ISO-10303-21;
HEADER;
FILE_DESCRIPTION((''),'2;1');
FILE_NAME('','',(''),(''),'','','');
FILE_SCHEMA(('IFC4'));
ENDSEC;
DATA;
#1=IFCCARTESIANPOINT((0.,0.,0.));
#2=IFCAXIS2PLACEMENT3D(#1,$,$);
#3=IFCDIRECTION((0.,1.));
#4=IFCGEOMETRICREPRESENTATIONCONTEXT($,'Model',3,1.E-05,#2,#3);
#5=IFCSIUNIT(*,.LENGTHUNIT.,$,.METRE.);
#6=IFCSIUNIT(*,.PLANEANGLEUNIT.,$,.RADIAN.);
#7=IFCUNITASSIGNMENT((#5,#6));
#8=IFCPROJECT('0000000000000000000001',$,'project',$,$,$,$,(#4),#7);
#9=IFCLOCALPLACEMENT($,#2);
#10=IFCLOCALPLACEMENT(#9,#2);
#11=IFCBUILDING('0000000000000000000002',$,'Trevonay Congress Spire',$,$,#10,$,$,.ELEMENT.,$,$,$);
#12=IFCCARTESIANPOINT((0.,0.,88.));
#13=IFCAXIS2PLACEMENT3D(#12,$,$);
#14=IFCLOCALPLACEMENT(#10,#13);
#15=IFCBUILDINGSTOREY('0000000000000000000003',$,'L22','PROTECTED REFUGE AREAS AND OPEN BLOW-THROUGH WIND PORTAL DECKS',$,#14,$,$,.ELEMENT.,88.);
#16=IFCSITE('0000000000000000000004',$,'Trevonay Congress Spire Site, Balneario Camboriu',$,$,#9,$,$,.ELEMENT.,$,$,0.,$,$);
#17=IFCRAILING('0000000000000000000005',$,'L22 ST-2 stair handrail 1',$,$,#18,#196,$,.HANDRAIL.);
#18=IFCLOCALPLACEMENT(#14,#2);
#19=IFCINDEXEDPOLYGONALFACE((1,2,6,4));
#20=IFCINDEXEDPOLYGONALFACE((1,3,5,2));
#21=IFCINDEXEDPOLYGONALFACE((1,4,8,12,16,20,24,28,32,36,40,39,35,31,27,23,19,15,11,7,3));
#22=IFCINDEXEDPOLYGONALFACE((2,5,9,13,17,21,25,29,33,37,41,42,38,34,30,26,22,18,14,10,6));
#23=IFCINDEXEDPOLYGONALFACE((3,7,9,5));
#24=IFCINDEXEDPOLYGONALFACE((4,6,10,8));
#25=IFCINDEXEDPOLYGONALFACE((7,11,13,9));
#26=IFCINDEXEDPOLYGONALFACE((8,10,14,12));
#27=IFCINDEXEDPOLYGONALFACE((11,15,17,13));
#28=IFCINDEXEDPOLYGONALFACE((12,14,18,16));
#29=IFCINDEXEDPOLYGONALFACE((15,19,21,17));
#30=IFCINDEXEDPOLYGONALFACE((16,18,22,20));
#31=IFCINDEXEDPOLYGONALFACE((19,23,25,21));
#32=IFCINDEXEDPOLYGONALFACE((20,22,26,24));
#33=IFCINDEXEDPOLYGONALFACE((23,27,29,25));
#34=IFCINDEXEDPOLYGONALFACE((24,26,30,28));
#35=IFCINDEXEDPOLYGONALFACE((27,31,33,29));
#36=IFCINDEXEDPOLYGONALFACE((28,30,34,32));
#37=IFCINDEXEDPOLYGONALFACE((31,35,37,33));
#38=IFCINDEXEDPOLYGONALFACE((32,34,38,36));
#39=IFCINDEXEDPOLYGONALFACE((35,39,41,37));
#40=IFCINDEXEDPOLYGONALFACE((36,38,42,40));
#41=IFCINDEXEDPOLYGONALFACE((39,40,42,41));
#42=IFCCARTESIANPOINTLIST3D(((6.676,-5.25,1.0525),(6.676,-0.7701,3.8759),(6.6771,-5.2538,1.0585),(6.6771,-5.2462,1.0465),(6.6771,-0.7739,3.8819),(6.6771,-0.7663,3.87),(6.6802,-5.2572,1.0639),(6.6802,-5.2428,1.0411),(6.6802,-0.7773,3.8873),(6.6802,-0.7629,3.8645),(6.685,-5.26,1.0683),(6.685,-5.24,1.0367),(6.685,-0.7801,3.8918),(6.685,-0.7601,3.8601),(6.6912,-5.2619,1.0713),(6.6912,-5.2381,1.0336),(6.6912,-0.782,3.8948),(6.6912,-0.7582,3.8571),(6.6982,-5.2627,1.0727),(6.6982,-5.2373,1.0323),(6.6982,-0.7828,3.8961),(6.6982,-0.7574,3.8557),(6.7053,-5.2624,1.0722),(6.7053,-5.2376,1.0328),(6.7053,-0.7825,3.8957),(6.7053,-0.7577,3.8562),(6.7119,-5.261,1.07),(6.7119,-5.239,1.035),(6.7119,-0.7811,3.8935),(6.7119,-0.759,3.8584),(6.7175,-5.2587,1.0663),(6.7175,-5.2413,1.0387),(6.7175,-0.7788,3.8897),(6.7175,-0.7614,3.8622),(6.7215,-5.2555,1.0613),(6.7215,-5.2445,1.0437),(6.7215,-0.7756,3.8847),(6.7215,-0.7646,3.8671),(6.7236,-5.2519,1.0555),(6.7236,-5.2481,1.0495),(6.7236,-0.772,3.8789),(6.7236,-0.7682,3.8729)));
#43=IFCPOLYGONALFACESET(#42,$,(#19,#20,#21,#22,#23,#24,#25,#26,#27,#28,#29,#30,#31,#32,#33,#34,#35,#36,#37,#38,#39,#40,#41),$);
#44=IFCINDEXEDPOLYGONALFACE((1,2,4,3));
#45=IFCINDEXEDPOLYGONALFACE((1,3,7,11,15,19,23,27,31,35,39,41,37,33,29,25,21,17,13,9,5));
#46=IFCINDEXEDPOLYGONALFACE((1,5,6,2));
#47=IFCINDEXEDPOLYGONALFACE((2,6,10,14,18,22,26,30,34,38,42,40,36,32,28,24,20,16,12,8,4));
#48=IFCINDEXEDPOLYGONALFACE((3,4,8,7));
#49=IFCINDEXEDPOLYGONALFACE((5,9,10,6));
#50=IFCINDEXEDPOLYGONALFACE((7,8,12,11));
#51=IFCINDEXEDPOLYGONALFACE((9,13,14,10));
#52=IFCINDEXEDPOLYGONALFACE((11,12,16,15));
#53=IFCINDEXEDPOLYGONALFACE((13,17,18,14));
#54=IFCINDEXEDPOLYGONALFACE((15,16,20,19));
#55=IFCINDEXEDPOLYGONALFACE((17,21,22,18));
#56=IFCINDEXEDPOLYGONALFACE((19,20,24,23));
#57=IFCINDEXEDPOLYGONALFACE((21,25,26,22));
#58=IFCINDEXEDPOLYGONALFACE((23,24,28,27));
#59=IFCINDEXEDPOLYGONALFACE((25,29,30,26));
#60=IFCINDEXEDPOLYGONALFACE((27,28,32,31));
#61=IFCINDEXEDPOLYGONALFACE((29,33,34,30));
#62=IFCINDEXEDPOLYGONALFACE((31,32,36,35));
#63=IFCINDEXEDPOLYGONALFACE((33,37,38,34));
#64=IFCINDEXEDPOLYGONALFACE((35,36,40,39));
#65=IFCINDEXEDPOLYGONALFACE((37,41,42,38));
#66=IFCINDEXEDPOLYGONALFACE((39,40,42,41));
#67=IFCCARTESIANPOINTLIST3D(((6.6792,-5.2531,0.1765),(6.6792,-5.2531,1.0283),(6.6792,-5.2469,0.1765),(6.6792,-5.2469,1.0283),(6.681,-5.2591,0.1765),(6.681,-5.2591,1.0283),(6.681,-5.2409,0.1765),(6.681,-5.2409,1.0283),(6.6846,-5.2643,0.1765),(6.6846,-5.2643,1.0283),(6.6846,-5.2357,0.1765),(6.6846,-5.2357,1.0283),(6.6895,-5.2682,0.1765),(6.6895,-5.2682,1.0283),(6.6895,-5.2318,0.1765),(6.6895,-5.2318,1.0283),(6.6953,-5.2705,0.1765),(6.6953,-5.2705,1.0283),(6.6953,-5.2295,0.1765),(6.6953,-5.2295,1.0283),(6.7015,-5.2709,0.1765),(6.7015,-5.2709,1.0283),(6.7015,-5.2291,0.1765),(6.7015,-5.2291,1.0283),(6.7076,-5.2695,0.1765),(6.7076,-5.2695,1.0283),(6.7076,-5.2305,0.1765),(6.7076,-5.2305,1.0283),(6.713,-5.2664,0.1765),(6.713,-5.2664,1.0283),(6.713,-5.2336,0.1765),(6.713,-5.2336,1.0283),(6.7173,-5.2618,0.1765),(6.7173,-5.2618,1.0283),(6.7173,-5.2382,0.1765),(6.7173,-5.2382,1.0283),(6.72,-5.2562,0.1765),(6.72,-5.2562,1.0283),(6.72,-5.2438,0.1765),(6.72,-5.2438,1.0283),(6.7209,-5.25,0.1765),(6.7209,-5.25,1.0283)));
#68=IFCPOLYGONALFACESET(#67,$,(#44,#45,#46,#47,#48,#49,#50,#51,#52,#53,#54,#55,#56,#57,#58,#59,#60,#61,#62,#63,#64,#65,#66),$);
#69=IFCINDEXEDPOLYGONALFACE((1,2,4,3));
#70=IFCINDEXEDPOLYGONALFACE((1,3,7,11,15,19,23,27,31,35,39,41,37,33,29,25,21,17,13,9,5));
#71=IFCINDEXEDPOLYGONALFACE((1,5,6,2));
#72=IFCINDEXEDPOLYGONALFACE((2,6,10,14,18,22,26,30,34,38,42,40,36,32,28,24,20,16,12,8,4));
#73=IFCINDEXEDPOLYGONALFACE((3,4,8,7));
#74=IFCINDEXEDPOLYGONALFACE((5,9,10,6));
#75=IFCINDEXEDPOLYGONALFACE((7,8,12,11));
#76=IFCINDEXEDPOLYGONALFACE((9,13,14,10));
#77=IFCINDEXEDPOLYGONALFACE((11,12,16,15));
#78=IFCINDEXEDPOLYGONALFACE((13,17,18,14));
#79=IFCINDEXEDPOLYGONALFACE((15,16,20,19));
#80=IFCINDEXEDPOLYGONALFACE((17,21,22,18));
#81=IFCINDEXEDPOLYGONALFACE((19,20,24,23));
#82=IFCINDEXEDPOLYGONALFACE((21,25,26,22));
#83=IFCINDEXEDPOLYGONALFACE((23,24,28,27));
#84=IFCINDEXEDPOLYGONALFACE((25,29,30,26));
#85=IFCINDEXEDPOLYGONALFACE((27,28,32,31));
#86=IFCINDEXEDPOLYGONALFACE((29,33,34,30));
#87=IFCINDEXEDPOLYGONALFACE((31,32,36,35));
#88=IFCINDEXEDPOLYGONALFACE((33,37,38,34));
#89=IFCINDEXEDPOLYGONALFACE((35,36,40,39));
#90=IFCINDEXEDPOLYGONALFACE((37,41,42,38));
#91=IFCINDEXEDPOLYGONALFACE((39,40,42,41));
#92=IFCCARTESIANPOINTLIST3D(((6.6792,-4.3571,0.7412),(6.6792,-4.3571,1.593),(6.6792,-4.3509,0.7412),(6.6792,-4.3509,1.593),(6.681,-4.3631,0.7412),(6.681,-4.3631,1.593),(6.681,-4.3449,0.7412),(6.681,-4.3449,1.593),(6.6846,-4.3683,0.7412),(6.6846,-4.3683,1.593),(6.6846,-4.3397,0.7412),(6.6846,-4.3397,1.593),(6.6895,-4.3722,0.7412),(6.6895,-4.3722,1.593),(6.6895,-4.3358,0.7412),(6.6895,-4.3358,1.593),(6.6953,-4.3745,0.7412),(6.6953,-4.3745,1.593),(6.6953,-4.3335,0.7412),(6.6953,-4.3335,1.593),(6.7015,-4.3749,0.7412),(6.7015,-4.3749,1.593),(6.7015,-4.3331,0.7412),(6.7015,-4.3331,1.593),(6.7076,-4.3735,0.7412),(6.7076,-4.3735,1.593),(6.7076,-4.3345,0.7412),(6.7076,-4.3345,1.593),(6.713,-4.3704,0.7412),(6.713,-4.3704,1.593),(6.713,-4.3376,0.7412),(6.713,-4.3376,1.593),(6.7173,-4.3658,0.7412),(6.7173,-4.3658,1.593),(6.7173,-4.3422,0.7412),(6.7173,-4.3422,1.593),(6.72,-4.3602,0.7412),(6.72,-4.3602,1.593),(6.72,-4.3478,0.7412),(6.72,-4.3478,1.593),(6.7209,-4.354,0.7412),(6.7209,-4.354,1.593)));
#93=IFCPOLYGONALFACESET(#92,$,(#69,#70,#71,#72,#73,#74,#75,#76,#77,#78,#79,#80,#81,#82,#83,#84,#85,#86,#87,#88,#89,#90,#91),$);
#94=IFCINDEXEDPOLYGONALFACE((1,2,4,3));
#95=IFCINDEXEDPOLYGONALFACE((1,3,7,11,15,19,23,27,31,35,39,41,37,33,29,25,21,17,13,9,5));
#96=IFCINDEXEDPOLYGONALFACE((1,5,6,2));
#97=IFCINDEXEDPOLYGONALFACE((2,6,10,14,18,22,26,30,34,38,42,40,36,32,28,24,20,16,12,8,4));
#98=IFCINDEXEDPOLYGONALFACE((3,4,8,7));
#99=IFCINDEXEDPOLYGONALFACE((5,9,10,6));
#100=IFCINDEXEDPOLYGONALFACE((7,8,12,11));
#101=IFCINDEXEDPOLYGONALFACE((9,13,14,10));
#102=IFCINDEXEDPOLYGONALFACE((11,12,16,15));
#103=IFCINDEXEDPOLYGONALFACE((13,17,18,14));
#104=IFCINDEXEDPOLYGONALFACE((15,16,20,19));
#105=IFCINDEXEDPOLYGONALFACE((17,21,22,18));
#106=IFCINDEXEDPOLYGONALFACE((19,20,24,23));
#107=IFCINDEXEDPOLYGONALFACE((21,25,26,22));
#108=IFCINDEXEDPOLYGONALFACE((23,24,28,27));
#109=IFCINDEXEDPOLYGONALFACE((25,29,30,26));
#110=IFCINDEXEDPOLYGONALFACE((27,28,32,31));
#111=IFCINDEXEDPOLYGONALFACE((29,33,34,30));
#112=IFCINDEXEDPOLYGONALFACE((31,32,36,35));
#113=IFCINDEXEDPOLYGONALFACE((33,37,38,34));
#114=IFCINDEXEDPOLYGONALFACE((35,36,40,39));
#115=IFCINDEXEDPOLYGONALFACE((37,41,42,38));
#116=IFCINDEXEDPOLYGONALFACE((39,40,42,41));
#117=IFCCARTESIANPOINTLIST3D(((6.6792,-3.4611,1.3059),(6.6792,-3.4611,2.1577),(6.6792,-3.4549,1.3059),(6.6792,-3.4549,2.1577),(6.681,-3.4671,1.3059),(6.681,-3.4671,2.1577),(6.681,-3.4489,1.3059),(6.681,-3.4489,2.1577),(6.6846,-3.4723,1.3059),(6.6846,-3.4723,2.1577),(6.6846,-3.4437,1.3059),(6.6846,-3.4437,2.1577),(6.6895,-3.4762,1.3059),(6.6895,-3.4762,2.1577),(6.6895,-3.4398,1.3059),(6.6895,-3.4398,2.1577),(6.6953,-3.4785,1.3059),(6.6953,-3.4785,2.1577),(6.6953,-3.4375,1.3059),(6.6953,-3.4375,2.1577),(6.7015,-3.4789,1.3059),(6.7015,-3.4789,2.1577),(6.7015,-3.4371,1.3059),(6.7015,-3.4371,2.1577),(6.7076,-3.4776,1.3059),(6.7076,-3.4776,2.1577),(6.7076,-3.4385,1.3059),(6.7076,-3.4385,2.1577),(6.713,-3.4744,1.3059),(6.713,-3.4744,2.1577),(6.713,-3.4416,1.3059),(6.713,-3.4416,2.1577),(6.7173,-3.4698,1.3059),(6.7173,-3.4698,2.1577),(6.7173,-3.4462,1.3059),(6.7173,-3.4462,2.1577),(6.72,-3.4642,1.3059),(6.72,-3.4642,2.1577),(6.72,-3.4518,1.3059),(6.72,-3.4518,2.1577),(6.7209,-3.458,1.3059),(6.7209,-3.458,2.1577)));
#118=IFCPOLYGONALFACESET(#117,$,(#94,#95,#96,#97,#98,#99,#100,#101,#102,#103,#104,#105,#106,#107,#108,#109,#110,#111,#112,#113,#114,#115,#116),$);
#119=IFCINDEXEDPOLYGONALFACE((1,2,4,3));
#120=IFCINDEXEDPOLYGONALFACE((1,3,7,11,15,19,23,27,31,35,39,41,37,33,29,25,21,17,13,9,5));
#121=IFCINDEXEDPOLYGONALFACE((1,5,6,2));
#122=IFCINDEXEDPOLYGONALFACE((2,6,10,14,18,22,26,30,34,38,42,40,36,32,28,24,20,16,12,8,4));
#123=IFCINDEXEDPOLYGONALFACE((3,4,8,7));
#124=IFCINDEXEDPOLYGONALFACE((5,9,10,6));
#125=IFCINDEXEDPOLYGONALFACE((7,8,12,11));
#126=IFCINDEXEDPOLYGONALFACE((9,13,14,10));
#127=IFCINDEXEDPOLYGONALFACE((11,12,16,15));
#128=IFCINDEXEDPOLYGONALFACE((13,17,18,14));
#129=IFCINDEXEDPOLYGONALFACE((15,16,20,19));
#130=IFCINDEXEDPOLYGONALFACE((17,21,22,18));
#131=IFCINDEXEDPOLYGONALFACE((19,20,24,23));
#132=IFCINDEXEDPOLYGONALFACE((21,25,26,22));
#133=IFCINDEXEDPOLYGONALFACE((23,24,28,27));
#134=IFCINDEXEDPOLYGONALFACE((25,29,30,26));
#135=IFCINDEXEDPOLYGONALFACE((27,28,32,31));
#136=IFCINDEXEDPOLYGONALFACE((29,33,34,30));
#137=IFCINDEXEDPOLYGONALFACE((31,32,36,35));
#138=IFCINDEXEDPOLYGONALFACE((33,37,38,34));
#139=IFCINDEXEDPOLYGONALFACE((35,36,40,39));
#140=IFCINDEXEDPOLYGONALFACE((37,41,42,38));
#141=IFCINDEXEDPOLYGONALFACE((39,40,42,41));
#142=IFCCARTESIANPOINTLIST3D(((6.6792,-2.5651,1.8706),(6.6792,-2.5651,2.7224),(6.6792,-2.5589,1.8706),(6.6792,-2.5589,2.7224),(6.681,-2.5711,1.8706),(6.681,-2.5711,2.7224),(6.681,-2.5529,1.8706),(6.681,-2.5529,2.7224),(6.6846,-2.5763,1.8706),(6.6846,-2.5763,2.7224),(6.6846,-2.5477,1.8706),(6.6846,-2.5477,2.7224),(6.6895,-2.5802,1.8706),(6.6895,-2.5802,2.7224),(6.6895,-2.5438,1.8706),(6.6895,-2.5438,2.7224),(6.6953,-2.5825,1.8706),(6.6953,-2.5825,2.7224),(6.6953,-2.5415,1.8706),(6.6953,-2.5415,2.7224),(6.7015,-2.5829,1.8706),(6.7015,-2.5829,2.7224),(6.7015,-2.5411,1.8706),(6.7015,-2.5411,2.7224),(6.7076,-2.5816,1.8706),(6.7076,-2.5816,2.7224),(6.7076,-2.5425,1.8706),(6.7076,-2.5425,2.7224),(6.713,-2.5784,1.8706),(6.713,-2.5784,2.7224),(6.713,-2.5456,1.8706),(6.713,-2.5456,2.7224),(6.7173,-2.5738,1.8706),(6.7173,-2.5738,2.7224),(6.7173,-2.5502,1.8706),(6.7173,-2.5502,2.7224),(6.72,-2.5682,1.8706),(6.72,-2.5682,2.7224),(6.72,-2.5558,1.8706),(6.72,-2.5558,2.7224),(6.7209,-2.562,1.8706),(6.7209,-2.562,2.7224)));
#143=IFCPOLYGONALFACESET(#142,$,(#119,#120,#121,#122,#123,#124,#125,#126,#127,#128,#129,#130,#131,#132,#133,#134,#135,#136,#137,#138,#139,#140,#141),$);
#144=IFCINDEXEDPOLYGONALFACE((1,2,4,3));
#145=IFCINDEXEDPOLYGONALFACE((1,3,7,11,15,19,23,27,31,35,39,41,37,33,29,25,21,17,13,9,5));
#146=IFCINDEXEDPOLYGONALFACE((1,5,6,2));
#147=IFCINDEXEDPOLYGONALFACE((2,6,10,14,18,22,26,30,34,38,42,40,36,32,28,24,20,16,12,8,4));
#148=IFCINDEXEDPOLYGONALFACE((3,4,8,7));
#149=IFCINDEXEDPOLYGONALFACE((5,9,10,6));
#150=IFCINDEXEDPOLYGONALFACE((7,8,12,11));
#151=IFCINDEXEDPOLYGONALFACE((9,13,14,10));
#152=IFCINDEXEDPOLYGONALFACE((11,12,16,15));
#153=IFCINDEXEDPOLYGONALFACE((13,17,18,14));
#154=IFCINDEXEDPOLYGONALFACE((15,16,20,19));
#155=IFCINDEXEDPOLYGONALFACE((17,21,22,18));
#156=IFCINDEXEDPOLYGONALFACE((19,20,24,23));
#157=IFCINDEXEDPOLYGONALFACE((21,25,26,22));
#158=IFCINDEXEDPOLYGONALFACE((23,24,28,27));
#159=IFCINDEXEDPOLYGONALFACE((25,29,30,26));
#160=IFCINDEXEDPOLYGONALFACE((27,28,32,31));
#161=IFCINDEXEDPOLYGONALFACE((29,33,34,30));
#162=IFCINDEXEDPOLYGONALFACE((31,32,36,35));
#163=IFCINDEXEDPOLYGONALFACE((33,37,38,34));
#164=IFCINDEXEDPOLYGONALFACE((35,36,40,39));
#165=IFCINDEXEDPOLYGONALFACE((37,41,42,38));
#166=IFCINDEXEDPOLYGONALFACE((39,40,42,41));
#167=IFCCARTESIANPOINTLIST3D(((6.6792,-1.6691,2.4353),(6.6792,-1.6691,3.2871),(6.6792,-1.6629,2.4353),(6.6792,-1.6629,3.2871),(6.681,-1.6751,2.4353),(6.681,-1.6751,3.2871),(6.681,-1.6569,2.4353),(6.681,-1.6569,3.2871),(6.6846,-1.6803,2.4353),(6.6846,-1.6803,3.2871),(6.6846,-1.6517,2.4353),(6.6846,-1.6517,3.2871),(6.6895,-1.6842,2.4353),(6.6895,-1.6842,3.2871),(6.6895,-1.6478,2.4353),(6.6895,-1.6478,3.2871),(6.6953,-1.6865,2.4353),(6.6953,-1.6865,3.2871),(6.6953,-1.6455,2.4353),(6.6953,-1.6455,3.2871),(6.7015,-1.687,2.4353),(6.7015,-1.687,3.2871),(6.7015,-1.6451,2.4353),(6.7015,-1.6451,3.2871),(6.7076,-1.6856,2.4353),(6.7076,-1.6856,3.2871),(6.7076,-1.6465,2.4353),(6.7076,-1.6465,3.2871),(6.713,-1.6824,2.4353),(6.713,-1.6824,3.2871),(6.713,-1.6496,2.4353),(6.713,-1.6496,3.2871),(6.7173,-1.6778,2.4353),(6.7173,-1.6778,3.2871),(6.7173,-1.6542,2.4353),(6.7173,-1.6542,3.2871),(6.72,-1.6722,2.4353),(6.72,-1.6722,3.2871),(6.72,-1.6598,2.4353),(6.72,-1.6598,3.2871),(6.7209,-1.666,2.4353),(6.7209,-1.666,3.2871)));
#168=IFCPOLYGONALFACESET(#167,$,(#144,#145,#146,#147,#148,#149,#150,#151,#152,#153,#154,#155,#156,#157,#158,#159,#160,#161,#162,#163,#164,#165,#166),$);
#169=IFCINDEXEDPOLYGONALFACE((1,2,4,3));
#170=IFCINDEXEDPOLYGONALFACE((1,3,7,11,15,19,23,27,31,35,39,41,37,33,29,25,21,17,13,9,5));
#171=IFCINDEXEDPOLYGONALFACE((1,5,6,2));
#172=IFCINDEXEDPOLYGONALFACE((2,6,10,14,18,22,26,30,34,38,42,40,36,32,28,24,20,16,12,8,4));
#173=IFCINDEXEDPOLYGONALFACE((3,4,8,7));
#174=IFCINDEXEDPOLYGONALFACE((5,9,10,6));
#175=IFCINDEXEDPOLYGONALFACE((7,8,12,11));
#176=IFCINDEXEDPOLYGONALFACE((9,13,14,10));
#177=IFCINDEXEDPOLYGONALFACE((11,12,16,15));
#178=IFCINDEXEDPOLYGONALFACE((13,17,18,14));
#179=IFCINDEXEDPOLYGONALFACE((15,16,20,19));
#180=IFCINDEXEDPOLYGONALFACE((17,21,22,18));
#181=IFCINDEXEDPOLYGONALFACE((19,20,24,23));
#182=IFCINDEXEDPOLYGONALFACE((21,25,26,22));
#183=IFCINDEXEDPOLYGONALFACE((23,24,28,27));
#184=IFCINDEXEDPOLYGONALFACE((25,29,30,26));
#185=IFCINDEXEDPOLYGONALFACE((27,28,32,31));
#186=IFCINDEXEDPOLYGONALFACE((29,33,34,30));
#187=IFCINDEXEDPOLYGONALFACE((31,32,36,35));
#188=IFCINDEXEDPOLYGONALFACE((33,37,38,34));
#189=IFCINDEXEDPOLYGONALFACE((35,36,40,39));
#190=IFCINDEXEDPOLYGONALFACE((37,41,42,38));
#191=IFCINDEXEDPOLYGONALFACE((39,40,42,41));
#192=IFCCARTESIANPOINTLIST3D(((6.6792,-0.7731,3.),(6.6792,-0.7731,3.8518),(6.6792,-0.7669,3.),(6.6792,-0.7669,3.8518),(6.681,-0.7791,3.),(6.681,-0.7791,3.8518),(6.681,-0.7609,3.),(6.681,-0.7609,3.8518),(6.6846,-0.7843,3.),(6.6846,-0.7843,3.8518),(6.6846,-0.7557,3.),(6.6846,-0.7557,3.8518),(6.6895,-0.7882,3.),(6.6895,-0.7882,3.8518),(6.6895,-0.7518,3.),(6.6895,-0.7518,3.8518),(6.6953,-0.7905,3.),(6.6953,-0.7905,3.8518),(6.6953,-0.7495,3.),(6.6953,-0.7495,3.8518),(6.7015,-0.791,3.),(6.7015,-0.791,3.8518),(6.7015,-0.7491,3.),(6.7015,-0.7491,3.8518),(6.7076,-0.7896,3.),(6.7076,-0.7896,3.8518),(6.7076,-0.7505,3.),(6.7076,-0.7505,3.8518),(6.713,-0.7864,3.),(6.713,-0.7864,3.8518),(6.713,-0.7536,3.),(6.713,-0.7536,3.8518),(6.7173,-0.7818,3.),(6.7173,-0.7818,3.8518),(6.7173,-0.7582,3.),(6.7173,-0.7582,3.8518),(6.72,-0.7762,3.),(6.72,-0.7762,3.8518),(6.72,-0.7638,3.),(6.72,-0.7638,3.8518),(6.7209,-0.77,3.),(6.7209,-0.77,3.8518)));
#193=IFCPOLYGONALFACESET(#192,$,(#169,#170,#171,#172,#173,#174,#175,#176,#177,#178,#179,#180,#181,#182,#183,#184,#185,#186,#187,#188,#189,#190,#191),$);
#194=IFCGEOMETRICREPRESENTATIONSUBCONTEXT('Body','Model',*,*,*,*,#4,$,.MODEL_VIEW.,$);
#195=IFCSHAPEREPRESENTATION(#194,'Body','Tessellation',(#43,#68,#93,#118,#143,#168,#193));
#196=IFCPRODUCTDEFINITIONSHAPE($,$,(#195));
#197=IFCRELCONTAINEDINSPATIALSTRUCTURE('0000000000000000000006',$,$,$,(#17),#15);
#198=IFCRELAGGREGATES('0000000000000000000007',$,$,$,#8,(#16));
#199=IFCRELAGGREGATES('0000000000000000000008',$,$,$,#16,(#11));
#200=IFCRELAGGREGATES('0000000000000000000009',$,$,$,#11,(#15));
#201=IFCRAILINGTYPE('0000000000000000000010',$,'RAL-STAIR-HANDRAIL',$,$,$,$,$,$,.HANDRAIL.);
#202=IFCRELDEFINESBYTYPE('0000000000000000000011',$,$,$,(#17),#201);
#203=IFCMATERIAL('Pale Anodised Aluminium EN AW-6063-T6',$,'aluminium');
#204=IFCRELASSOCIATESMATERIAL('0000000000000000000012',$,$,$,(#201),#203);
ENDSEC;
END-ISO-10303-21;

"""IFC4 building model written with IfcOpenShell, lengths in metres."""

from ifc_helpers import new_model, si_unit, direction, frame, origin, origin_2d, place, context, subcontext, project, spatial, circle, extrude, material, type_object, element, save


model = new_model("IFC4")

# Units and contexts
model_context = context("Model", 3, precision=1e-05, world=origin(), true_north=direction((0.0, 1.0)))
body_context = subcontext(model_context, "Body", "Model", "MODEL_VIEW")
ifc_project = project(units=[si_unit("LENGTHUNIT", "METRE"), si_unit("PLANEANGLEUNIT", "RADIAN")], contexts=[model_context])

# Site, building, storey
site_placement = place(None, origin())
site = spatial("IfcSite", under=ifc_project, at=site_placement, Name="Trevonay Congress Spire Site, Balneario Camboriu", CompositionType="ELEMENT", RefElevation=0.0)
building_placement = place(site_placement, origin())
building = spatial("IfcBuilding", under=site, at=building_placement, Name="Trevonay Congress Spire", CompositionType="ELEMENT")
storey_placement = place(building_placement, frame((0.0, 0.0, 88.0)))
storey = spatial("IfcBuildingStorey", under=building, at=storey_placement, Name="L22", Description="PROTECTED REFUGE AREAS AND OPEN BLOW-THROUGH WIND PORTAL DECKS", CompositionType="ELEMENT", Elevation=88.0)

# Shared definitions
ifc_material_1 = material(Name="Pale Anodised Aluminium EN AW-6063-T6", Category="aluminium")

# Railing
railing_type_1 = type_object("IfcRailingType", Name="RAL-STAIR-HANDRAIL", PredefinedType="HANDRAIL", material=ifc_material_1)
railing_1_placement = place(storey_placement, frame((6.7, -5.25, 0.1765)))
element("IfcRailing", 1, at=railing_1_placement, inside=storey, type_object=railing_type_1, Name="L22 ST-2 stair handrail 1", PredefinedType="HANDRAIL", context=body_context, shape_type="SweptSolid", body=[
    extrude(circle(Radius=0.0239, at=origin_2d()), frame((0.0, 0.0, 0.876), z_axis=(0.0, 0.845998, 0.533186), x_axis=(-1.0, 0.0, 0.0)), (0.0, 0.0, 1.0), 5.2954),
    extrude(circle(Radius=0.021, at=origin_2d()), origin(), (0.0, 0.0, 1.0), 0.8518),
    extrude(circle(Radius=0.021, at=origin_2d()), frame((0.0, 0.896, 0.5647)), (0.0, 0.0, 1.0), 0.8518),
    extrude(circle(Radius=0.021, at=origin_2d()), frame((0.0, 1.792, 1.1294)), (0.0, 0.0, 1.0), 0.8518),
    extrude(circle(Radius=0.021, at=origin_2d()), frame((0.0, 2.688, 1.6941)), (0.0, 0.0, 1.0), 0.8518),
    extrude(circle(Radius=0.021, at=origin_2d()), frame((0.0, 3.584, 2.2588)), (0.0, 0.0, 1.0), 0.8518),
    extrude(circle(Radius=0.021, at=origin_2d()), frame((0.0, 4.48, 2.8235)), (0.0, 0.0, 1.0), 0.8518),
])

save(model, "model.ifc")
